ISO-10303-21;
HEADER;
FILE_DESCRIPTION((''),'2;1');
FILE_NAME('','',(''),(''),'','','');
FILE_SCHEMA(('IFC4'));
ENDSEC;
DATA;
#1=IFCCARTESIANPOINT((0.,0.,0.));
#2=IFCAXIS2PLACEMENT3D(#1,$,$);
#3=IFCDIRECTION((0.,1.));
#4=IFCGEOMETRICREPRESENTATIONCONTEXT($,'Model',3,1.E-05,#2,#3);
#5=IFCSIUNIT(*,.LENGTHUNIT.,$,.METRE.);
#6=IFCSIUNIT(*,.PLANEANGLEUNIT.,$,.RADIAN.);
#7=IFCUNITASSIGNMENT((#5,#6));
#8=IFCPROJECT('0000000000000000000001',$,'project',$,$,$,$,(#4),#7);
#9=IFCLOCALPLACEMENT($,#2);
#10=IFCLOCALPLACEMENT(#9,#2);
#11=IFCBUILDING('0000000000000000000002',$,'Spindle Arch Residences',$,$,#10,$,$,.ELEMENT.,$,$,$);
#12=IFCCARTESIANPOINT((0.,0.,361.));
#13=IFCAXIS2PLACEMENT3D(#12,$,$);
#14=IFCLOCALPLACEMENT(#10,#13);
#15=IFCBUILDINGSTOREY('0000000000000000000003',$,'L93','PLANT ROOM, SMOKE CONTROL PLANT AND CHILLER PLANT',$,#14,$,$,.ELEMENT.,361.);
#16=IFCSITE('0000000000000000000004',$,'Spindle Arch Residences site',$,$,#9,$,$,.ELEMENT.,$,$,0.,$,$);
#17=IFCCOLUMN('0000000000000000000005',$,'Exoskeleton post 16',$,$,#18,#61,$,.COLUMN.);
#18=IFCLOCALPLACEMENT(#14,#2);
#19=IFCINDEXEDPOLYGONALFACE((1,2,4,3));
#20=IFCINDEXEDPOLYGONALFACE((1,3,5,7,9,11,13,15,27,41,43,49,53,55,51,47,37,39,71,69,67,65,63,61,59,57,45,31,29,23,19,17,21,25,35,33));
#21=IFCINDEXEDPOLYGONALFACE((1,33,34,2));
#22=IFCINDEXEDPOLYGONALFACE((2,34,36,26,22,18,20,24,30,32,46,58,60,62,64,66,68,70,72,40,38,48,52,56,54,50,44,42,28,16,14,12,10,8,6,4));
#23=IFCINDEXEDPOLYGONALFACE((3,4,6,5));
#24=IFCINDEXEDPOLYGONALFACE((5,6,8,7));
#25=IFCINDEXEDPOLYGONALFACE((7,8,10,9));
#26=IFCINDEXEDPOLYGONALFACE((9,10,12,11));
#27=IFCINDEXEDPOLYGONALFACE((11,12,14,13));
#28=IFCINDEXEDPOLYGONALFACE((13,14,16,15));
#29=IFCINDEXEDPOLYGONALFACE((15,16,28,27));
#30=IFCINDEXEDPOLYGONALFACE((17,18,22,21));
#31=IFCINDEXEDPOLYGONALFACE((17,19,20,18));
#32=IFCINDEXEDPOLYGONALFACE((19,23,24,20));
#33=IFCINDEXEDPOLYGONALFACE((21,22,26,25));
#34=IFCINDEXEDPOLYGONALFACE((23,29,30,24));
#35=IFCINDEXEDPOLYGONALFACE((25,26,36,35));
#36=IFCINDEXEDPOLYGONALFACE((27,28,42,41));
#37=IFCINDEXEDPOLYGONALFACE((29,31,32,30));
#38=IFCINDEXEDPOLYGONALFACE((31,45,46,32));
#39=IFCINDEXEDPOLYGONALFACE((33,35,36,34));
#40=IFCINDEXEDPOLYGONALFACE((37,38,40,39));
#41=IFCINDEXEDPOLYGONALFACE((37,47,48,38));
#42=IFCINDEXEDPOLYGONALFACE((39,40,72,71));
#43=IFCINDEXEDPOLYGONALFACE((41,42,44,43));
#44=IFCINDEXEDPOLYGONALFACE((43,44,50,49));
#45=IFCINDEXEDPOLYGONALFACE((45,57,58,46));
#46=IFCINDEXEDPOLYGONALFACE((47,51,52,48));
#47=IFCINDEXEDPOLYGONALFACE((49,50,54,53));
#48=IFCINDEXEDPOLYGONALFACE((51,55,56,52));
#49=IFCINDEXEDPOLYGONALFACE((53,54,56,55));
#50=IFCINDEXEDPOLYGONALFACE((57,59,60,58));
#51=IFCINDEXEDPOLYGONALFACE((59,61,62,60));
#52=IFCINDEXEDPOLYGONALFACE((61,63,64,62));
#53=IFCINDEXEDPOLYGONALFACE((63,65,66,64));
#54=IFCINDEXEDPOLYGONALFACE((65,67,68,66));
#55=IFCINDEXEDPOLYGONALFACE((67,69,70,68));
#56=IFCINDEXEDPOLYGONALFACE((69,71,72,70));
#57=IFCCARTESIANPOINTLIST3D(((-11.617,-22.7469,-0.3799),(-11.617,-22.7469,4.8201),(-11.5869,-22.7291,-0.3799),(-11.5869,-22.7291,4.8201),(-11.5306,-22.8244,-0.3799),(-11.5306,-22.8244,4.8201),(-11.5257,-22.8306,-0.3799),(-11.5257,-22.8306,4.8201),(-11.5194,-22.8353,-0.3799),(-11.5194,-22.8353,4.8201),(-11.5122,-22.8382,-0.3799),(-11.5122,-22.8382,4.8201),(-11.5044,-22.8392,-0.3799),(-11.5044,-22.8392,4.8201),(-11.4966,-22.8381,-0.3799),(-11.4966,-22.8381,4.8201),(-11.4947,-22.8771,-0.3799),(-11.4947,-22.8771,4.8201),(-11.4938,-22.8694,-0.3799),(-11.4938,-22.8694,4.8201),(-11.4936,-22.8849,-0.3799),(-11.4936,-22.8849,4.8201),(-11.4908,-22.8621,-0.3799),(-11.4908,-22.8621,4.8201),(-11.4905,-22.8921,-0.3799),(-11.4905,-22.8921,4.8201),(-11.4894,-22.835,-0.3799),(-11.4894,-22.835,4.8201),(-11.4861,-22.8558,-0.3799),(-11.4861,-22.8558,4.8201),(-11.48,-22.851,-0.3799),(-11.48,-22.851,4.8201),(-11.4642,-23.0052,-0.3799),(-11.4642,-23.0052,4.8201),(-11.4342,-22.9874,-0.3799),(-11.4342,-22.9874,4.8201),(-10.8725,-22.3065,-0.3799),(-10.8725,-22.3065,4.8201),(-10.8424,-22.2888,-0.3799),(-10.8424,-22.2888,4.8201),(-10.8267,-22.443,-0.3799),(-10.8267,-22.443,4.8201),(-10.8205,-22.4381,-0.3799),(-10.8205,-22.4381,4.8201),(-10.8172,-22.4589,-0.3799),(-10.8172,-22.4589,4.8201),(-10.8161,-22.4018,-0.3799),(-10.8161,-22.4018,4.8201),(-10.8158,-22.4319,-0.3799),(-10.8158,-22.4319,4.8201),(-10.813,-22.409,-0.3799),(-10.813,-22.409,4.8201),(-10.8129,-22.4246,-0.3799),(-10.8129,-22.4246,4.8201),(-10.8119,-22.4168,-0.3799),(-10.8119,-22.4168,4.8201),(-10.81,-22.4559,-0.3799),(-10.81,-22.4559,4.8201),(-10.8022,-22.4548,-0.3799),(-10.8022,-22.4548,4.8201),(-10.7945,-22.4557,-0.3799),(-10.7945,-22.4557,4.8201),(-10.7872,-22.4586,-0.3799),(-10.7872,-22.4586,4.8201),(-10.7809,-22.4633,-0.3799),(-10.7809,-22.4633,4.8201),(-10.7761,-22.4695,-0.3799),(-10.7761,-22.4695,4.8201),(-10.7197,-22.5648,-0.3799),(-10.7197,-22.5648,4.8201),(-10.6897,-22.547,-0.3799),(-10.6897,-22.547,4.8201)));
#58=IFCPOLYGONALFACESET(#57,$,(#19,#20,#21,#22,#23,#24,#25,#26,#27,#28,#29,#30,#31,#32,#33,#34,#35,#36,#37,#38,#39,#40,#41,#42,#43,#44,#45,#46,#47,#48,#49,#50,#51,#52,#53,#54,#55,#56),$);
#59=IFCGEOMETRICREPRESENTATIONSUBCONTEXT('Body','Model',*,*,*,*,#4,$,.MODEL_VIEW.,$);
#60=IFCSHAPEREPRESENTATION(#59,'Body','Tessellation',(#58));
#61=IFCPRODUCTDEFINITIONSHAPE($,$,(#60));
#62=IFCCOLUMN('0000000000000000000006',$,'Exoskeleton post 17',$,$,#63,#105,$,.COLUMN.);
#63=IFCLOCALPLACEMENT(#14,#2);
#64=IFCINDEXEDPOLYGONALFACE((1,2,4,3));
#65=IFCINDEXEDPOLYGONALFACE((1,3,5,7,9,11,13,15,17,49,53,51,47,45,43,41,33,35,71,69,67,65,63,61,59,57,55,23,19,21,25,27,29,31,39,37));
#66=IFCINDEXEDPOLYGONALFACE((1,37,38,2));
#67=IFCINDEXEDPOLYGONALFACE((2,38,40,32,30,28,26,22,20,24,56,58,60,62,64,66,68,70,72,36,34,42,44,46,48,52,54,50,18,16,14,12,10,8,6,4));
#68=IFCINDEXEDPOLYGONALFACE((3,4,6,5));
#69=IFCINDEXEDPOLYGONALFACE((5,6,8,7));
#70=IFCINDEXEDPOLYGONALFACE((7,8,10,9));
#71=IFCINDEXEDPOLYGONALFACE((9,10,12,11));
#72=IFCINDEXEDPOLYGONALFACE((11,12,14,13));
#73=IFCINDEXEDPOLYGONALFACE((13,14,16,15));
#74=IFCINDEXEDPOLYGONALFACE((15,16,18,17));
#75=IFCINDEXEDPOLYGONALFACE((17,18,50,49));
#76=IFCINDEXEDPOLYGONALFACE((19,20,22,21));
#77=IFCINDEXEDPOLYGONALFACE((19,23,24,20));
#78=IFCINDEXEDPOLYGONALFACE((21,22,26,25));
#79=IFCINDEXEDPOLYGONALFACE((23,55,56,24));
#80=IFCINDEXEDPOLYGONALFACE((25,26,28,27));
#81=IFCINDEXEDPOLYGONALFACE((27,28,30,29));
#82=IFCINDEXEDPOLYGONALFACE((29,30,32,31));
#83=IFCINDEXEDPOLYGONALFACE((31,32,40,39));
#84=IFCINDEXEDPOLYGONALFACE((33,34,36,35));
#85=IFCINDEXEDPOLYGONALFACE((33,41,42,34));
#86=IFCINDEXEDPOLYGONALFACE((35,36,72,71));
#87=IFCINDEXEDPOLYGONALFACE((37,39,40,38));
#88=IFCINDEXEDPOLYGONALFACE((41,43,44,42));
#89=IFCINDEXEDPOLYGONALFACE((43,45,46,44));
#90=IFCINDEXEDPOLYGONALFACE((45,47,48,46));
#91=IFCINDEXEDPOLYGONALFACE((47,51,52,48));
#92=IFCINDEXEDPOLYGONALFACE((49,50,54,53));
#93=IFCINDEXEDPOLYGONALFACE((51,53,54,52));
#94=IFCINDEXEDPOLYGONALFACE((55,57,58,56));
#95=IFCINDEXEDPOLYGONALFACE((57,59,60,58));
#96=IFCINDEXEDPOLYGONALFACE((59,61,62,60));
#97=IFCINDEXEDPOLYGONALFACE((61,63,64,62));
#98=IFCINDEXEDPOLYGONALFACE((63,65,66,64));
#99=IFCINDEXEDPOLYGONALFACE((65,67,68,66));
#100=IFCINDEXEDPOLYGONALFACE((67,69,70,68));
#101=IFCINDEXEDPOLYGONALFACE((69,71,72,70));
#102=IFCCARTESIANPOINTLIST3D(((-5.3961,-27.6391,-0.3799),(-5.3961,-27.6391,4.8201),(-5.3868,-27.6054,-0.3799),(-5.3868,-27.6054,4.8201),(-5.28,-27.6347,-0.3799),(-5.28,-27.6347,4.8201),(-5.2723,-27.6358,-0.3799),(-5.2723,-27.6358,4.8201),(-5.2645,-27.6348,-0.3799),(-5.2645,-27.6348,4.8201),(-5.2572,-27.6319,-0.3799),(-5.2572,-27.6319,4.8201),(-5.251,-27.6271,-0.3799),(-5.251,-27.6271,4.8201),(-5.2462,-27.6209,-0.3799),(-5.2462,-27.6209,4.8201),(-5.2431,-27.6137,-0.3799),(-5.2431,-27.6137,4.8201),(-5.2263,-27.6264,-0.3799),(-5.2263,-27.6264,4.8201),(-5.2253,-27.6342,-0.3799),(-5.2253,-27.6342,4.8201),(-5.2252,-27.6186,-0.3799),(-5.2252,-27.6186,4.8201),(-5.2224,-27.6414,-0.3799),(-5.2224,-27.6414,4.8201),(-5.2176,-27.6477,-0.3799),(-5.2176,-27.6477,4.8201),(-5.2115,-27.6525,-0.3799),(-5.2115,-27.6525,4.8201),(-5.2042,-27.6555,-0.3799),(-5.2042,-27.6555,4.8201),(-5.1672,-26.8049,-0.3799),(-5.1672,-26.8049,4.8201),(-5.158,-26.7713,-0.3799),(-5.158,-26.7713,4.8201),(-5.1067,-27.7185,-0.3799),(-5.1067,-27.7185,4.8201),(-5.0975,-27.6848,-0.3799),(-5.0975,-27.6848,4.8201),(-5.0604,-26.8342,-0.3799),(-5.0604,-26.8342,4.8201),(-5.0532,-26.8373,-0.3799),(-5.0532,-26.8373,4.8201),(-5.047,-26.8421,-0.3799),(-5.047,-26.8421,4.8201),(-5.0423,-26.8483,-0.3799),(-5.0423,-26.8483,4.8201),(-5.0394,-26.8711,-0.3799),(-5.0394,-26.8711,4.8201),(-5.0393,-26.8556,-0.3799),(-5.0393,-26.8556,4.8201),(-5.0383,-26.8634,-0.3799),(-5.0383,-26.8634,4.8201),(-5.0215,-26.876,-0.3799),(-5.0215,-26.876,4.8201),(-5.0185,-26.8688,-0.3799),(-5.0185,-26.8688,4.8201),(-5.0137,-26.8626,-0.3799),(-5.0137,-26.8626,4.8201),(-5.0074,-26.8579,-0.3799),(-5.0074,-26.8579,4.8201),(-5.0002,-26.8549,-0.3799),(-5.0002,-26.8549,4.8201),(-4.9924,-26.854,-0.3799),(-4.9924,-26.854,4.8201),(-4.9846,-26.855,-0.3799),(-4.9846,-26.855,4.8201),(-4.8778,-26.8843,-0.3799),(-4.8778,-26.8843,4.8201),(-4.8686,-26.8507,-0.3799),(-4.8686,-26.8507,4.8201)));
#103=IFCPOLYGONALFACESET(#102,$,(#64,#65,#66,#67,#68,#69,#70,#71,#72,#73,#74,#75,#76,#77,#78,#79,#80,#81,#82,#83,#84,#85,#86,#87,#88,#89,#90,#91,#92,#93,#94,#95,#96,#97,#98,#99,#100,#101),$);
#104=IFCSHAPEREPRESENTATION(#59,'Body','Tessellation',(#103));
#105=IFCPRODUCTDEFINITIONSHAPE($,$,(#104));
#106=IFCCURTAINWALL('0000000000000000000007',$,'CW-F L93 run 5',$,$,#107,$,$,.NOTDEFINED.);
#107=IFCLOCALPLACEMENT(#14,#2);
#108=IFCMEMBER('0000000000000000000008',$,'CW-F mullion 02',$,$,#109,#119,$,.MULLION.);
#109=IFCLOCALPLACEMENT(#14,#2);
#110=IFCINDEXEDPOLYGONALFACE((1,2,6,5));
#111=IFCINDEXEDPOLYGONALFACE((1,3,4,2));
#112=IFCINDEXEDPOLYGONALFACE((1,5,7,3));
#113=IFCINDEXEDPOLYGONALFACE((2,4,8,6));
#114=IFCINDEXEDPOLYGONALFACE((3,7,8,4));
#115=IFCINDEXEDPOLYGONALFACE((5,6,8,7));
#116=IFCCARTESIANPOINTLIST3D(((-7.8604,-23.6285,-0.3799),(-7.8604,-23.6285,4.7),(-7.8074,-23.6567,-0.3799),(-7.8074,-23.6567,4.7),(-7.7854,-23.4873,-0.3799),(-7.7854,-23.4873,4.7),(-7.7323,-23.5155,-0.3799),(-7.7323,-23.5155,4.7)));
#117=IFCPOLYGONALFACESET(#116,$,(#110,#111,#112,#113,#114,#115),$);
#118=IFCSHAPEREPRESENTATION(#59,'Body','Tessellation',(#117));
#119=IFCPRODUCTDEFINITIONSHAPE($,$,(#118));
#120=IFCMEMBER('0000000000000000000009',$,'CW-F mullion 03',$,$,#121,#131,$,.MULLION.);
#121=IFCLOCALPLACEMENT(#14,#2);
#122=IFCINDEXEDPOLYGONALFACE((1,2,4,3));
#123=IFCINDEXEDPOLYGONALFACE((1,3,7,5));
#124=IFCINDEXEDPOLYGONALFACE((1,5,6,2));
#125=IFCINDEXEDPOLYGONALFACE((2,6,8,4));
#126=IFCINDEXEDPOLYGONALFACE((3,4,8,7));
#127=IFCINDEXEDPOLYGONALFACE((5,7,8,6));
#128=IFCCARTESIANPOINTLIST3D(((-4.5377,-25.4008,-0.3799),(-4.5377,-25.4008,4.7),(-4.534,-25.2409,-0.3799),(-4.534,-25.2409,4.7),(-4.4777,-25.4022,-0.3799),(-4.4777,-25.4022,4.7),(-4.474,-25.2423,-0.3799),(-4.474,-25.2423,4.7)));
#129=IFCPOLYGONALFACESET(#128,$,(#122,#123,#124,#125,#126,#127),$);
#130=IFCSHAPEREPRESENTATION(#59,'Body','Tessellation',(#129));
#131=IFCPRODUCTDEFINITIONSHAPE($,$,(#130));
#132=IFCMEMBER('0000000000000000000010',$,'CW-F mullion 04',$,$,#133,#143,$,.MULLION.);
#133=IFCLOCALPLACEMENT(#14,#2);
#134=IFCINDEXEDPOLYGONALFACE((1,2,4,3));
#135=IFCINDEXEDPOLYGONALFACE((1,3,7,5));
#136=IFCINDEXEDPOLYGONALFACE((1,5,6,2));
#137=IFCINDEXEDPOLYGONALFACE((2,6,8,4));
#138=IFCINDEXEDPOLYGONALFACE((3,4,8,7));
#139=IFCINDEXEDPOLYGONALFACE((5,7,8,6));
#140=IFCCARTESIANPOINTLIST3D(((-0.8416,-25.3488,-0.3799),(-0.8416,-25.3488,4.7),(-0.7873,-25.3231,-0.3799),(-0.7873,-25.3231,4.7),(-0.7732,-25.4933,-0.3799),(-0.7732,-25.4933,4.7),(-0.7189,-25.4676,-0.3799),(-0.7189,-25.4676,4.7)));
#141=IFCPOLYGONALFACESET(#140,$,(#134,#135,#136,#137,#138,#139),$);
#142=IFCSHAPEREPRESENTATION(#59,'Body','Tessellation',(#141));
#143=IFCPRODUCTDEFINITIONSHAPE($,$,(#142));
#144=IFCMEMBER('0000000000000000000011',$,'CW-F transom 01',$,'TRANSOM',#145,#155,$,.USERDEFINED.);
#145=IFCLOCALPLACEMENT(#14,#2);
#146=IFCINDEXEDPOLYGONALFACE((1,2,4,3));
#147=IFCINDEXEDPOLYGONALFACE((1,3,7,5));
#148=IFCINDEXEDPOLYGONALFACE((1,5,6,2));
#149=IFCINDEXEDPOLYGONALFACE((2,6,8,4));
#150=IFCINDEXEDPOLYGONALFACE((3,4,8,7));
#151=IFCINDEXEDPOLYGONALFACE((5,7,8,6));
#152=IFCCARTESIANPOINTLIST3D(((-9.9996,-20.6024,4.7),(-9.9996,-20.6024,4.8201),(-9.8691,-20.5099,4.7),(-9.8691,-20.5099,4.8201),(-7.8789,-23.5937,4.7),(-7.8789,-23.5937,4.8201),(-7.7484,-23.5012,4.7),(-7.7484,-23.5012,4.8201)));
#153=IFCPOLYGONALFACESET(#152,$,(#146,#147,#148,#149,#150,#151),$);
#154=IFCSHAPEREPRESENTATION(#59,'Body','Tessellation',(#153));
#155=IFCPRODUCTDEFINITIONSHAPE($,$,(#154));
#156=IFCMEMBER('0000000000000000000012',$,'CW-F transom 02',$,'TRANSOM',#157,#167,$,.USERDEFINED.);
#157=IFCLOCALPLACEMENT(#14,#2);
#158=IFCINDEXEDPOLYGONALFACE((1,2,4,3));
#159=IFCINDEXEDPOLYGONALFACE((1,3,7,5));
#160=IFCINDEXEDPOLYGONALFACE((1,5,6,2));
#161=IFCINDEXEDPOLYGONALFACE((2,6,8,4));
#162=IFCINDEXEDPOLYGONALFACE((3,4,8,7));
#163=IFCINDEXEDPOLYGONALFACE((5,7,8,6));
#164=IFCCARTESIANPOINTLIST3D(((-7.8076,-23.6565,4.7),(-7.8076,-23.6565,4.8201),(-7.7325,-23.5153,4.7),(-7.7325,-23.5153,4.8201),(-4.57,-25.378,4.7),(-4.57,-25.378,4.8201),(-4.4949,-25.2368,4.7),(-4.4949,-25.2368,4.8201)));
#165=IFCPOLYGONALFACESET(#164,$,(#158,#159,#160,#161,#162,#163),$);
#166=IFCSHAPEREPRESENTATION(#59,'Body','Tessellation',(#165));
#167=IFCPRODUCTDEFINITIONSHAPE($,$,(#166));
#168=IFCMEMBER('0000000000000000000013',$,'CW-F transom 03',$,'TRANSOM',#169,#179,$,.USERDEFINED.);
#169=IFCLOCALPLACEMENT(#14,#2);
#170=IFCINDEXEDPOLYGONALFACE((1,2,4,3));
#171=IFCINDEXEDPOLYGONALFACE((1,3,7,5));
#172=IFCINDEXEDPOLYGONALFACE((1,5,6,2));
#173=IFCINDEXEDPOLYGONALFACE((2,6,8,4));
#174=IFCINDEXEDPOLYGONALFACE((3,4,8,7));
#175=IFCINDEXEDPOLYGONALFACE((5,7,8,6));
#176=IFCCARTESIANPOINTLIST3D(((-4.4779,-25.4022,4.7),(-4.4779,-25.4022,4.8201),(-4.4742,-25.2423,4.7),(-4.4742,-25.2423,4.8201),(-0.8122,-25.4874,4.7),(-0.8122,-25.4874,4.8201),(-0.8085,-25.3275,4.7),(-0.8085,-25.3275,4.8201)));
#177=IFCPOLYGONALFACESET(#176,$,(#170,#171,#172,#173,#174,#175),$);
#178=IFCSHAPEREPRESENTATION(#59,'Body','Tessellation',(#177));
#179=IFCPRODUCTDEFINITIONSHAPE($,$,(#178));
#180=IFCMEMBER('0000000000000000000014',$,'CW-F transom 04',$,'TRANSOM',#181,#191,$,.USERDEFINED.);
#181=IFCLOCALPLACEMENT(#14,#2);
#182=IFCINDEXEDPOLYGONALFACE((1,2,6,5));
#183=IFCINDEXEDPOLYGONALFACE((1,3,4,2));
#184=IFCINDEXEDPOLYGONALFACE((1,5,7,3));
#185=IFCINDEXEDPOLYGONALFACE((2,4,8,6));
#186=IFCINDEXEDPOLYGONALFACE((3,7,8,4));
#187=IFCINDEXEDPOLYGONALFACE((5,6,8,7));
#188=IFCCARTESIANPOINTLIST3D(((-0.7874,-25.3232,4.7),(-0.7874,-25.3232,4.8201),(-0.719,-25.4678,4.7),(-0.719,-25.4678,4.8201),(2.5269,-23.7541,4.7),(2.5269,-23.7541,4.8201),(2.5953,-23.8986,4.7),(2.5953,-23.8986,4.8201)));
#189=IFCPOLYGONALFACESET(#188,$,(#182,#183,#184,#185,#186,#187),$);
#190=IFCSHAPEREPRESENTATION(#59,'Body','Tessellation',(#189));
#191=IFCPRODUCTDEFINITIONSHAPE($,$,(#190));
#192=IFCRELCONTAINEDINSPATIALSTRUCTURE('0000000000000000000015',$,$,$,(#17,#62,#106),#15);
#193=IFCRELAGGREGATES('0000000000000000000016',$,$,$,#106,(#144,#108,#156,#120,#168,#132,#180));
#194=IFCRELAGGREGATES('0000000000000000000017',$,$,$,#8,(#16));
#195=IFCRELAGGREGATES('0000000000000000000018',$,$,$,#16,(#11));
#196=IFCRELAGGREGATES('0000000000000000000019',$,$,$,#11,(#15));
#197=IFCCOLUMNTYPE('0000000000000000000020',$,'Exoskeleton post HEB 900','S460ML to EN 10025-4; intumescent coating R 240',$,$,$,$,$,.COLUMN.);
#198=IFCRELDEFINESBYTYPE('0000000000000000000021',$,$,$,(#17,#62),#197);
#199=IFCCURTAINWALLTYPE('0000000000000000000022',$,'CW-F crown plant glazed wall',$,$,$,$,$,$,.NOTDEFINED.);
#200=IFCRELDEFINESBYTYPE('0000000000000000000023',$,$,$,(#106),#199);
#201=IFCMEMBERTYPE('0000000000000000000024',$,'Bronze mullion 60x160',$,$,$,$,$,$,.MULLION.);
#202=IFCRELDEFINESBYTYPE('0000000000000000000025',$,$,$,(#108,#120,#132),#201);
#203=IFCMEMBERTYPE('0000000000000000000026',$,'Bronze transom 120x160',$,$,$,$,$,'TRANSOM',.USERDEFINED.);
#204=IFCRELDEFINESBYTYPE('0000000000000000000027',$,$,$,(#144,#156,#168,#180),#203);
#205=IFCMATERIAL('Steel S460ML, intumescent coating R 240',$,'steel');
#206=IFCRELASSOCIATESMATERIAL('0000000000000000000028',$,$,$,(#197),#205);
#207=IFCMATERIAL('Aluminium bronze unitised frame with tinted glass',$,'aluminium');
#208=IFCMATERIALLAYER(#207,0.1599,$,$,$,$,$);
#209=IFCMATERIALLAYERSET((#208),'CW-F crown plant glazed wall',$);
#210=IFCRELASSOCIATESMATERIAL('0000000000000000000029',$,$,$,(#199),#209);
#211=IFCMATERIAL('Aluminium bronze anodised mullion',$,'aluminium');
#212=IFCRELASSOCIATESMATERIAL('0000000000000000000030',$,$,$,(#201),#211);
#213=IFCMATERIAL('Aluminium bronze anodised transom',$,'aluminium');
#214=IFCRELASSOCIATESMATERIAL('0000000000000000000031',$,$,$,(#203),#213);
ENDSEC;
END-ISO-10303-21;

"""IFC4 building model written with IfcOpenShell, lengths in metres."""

from ifc_helpers import new_model, si_unit, direction, frame, origin, origin_2d, place, context, subcontext, project, spatial, rectangle, i_section, extrude, material, layer, layer_set, material_profile, profile_set, type_object, element, aggregate, save


model = new_model("IFC4")

# Units and contexts
model_context = context("Model", 3, precision=1e-05, world=origin(), true_north=direction((0.0, 1.0)))
body_context = subcontext(model_context, "Body", "Model", "MODEL_VIEW")
ifc_project = project(units=[si_unit("LENGTHUNIT", "METRE"), si_unit("PLANEANGLEUNIT", "RADIAN")], contexts=[model_context])

# Site, building, storey
site_placement = place(None, origin())
site = spatial("IfcSite", under=ifc_project, at=site_placement, Name="Spindle Arch Residences site", CompositionType="ELEMENT", RefElevation=0.0)
building_placement = place(site_placement, origin())
building = spatial("IfcBuilding", under=site, at=building_placement, Name="Spindle Arch Residences", CompositionType="ELEMENT")
storey_placement = place(building_placement, frame((0.0, 0.0, 361.0)))
storey = spatial("IfcBuildingStorey", under=building, at=storey_placement, Name="L93", Description="PLANT ROOM, SMOKE CONTROL PLANT AND CHILLER PLANT", CompositionType="ELEMENT", Elevation=361.0)

# Columns
ifc_material_1 = material(Name="Steel S460ML, intumescent coating R 240", Category="steel")
ifc_material_profile_1 = material_profile(ifc_material_1, i_section(OverallWidth=0.3, OverallDepth=0.8999, WebThickness=0.0186, FlangeThickness=0.0349, FilletRadius=0.03, at=origin_2d()), Name="HEB 900")
ifc_profile_set_1 = profile_set([ifc_material_profile_1], Name="Steel S460ML, intumescent coating R 240")
column_type = type_object("IfcColumnType", Name="Exoskeleton post HEB 900", Description="S460ML to EN 10025-4; intumescent coating R 240", PredefinedType="COLUMN", material=ifc_profile_set_1)
for number, where, z_axis, x_axis, name in (
    (1, (-11.1533, -22.647, -0.3799), (0.0, 0.0, 1.0), (-0.509114, 0.860699, 0.0), "Exoskeleton post 16"),
    (2, (-5.1323, -27.2449, -0.3799), (0.0, 0.0, 1.0), (-0.964363, 0.264583, 0.0), "Exoskeleton post 17"),
):
    element("IfcColumn", number, at=place(storey_placement, frame(where, z_axis=z_axis, x_axis=x_axis)), inside=storey, type_object=column_type, Name=name, PredefinedType="COLUMN", context=body_context, shape_type="SweptSolid", body=[
        extrude(i_section(OverallWidth=0.3, OverallDepth=0.8999, WebThickness=0.0186, FlangeThickness=0.0349, FilletRadius=0.03, at=origin_2d()), origin(), (0.0, 0.0, 1.0), 5.2),
    ])

# Curtain wall, members
ifc_material_2 = material(Name="Aluminium bronze unitised frame with tinted glass", Category="aluminium")
ifc_layer_1 = layer(ifc_material_2, 0.1599)
ifc_layer_set_1 = layer_set([ifc_layer_1], Name="CW-F crown plant glazed wall")
curtain_wall_type = type_object("IfcCurtainWallType", Name="CW-F crown plant glazed wall", PredefinedType="NOTDEFINED", material=ifc_layer_set_1)
curtain_wall_placement = place(storey_placement, origin())
curtain_wall = element("IfcCurtainWall", 3, at=curtain_wall_placement, inside=storey, type_object=curtain_wall_type, Name="CW-F L93 run 5", PredefinedType="NOTDEFINED")
ifc_material_3 = material(Name="Aluminium bronze anodised mullion", Category="aluminium")
ifc_material_profile_2 = material_profile(ifc_material_3, rectangle(XDim=0.1599, YDim=0.0601, at=origin_2d()), Name="MU 60x160")
ifc_profile_set_2 = profile_set([ifc_material_profile_2], Name="Aluminium bronze anodised mullion")
member_type_1 = type_object("IfcMemberType", Name="Bronze mullion 60x160", PredefinedType="MULLION", material=ifc_profile_set_2)
member_1_placement = place(storey_placement, frame((-7.7964, -23.572, -0.3799), z_axis=(0.0, 0.0, 1.0), x_axis=(0.469472, 0.882948, 0.0)))
member_1 = element("IfcMember", 4, at=member_1_placement, type_object=member_type_1, Name="CW-F mullion 02", PredefinedType="MULLION", context=body_context, shape_type="SweptSolid", body=[
    extrude(rectangle(XDim=0.1599, YDim=0.0601, at=origin_2d()), origin(), (0.0, 0.0, 1.0), 5.0798),
])
member_2_placement = place(storey_placement, frame((-4.5059, -25.3215, -0.3799), z_axis=(0.0, 0.0, 1.0), x_axis=(0.023269, 0.999729, 0.0)))
member_2 = element("IfcMember", 5, at=member_2_placement, type_object=member_type_1, Name="CW-F mullion 03", PredefinedType="MULLION", context=body_context, shape_type="SweptSolid", body=[
    extrude(rectangle(XDim=0.1599, YDim=0.0601, at=origin_2d()), origin(), (0.0, 0.0, 1.0), 5.0798),
])
member_3_placement = place(storey_placement, frame((-0.7803, -25.4082, -0.3799), z_axis=(0.0, 0.0, 1.0), x_axis=(-0.427884, 0.903834, 0.0)))
member_3 = element("IfcMember", 6, at=member_3_placement, type_object=member_type_1, Name="CW-F mullion 04", PredefinedType="MULLION", context=body_context, shape_type="SweptSolid", body=[
    extrude(rectangle(XDim=0.1599, YDim=0.0601, at=origin_2d()), origin(), (0.0, 0.0, 1.0), 5.0798),
])
ifc_material_4 = material(Name="Aluminium bronze anodised transom", Category="aluminium")
ifc_material_profile_3 = material_profile(ifc_material_4, rectangle(XDim=0.1599, YDim=0.1201, at=origin_2d()), Name="TR 120x160")
ifc_profile_set_3 = profile_set([ifc_material_profile_3], Name="Aluminium bronze anodised transom")
member_type_2 = type_object("IfcMemberType", Name="Bronze transom 120x160", ElementType="TRANSOM", PredefinedType="USERDEFINED", material=ifc_profile_set_3)
member_4_placement = place(storey_placement, frame((-9.9343, -20.5562, 4.76), z_axis=(0.57835, -0.815789, 0.0), x_axis=(0.815789, 0.57835, 0.0)))
member_4 = element("IfcMember", 7, at=member_4_placement, type_object=member_type_2, Name="CW-F transom 01", ObjectType="TRANSOM", PredefinedType="USERDEFINED", context=body_context, shape_type="SweptSolid", body=[
    extrude(rectangle(XDim=0.1599, YDim=0.1201, at=origin_2d()), origin(), (0.0, 0.0, 1.0), 3.6667),
])
member_5_placement = place(storey_placement, frame((-7.77, -23.5859, 4.76), z_axis=(0.882948, -0.469472, 0.0), x_axis=(0.469472, 0.882948, 0.0)))
member_5 = element("IfcMember", 8, at=member_5_placement, type_object=member_type_2, Name="CW-F transom 02", ObjectType="TRANSOM", PredefinedType="USERDEFINED", context=body_context, shape_type="SweptSolid", body=[
    extrude(rectangle(XDim=0.1599, YDim=0.1201, at=origin_2d()), origin(), (0.0, 0.0, 1.0), 3.6667),
])
member_6_placement = place(storey_placement, frame((-4.4761, -25.3223, 4.76), z_axis=(0.99973, -0.023237, 0.0), x_axis=(0.023237, 0.99973, 0.0)))
member_6 = element("IfcMember", 9, at=member_6_placement, type_object=member_type_2, Name="CW-F transom 03", ObjectType="TRANSOM", PredefinedType="USERDEFINED", context=body_context, shape_type="SweptSolid", body=[
    extrude(rectangle(XDim=0.1599, YDim=0.1201, at=origin_2d()), origin(), (0.0, 0.0, 1.0), 3.6667),
])
member_7_placement = place(storey_placement, frame((-0.7532, -25.3955, 4.76), z_axis=(0.903822, 0.427909, 0.0), x_axis=(-0.427909, 0.903822, 0.0)))
member_7 = element("IfcMember", 10, at=member_7_placement, type_object=member_type_2, Name="CW-F transom 04", ObjectType="TRANSOM", PredefinedType="USERDEFINED", context=body_context, shape_type="SweptSolid", body=[
    extrude(rectangle(XDim=0.1599, YDim=0.1201, at=origin_2d()), origin(), (0.0, 0.0, 1.0), 3.667),
])

aggregate(curtain_wall, [member_4, member_1, member_5, member_2, member_6, member_3, member_7])

save(model, "model.ifc")
